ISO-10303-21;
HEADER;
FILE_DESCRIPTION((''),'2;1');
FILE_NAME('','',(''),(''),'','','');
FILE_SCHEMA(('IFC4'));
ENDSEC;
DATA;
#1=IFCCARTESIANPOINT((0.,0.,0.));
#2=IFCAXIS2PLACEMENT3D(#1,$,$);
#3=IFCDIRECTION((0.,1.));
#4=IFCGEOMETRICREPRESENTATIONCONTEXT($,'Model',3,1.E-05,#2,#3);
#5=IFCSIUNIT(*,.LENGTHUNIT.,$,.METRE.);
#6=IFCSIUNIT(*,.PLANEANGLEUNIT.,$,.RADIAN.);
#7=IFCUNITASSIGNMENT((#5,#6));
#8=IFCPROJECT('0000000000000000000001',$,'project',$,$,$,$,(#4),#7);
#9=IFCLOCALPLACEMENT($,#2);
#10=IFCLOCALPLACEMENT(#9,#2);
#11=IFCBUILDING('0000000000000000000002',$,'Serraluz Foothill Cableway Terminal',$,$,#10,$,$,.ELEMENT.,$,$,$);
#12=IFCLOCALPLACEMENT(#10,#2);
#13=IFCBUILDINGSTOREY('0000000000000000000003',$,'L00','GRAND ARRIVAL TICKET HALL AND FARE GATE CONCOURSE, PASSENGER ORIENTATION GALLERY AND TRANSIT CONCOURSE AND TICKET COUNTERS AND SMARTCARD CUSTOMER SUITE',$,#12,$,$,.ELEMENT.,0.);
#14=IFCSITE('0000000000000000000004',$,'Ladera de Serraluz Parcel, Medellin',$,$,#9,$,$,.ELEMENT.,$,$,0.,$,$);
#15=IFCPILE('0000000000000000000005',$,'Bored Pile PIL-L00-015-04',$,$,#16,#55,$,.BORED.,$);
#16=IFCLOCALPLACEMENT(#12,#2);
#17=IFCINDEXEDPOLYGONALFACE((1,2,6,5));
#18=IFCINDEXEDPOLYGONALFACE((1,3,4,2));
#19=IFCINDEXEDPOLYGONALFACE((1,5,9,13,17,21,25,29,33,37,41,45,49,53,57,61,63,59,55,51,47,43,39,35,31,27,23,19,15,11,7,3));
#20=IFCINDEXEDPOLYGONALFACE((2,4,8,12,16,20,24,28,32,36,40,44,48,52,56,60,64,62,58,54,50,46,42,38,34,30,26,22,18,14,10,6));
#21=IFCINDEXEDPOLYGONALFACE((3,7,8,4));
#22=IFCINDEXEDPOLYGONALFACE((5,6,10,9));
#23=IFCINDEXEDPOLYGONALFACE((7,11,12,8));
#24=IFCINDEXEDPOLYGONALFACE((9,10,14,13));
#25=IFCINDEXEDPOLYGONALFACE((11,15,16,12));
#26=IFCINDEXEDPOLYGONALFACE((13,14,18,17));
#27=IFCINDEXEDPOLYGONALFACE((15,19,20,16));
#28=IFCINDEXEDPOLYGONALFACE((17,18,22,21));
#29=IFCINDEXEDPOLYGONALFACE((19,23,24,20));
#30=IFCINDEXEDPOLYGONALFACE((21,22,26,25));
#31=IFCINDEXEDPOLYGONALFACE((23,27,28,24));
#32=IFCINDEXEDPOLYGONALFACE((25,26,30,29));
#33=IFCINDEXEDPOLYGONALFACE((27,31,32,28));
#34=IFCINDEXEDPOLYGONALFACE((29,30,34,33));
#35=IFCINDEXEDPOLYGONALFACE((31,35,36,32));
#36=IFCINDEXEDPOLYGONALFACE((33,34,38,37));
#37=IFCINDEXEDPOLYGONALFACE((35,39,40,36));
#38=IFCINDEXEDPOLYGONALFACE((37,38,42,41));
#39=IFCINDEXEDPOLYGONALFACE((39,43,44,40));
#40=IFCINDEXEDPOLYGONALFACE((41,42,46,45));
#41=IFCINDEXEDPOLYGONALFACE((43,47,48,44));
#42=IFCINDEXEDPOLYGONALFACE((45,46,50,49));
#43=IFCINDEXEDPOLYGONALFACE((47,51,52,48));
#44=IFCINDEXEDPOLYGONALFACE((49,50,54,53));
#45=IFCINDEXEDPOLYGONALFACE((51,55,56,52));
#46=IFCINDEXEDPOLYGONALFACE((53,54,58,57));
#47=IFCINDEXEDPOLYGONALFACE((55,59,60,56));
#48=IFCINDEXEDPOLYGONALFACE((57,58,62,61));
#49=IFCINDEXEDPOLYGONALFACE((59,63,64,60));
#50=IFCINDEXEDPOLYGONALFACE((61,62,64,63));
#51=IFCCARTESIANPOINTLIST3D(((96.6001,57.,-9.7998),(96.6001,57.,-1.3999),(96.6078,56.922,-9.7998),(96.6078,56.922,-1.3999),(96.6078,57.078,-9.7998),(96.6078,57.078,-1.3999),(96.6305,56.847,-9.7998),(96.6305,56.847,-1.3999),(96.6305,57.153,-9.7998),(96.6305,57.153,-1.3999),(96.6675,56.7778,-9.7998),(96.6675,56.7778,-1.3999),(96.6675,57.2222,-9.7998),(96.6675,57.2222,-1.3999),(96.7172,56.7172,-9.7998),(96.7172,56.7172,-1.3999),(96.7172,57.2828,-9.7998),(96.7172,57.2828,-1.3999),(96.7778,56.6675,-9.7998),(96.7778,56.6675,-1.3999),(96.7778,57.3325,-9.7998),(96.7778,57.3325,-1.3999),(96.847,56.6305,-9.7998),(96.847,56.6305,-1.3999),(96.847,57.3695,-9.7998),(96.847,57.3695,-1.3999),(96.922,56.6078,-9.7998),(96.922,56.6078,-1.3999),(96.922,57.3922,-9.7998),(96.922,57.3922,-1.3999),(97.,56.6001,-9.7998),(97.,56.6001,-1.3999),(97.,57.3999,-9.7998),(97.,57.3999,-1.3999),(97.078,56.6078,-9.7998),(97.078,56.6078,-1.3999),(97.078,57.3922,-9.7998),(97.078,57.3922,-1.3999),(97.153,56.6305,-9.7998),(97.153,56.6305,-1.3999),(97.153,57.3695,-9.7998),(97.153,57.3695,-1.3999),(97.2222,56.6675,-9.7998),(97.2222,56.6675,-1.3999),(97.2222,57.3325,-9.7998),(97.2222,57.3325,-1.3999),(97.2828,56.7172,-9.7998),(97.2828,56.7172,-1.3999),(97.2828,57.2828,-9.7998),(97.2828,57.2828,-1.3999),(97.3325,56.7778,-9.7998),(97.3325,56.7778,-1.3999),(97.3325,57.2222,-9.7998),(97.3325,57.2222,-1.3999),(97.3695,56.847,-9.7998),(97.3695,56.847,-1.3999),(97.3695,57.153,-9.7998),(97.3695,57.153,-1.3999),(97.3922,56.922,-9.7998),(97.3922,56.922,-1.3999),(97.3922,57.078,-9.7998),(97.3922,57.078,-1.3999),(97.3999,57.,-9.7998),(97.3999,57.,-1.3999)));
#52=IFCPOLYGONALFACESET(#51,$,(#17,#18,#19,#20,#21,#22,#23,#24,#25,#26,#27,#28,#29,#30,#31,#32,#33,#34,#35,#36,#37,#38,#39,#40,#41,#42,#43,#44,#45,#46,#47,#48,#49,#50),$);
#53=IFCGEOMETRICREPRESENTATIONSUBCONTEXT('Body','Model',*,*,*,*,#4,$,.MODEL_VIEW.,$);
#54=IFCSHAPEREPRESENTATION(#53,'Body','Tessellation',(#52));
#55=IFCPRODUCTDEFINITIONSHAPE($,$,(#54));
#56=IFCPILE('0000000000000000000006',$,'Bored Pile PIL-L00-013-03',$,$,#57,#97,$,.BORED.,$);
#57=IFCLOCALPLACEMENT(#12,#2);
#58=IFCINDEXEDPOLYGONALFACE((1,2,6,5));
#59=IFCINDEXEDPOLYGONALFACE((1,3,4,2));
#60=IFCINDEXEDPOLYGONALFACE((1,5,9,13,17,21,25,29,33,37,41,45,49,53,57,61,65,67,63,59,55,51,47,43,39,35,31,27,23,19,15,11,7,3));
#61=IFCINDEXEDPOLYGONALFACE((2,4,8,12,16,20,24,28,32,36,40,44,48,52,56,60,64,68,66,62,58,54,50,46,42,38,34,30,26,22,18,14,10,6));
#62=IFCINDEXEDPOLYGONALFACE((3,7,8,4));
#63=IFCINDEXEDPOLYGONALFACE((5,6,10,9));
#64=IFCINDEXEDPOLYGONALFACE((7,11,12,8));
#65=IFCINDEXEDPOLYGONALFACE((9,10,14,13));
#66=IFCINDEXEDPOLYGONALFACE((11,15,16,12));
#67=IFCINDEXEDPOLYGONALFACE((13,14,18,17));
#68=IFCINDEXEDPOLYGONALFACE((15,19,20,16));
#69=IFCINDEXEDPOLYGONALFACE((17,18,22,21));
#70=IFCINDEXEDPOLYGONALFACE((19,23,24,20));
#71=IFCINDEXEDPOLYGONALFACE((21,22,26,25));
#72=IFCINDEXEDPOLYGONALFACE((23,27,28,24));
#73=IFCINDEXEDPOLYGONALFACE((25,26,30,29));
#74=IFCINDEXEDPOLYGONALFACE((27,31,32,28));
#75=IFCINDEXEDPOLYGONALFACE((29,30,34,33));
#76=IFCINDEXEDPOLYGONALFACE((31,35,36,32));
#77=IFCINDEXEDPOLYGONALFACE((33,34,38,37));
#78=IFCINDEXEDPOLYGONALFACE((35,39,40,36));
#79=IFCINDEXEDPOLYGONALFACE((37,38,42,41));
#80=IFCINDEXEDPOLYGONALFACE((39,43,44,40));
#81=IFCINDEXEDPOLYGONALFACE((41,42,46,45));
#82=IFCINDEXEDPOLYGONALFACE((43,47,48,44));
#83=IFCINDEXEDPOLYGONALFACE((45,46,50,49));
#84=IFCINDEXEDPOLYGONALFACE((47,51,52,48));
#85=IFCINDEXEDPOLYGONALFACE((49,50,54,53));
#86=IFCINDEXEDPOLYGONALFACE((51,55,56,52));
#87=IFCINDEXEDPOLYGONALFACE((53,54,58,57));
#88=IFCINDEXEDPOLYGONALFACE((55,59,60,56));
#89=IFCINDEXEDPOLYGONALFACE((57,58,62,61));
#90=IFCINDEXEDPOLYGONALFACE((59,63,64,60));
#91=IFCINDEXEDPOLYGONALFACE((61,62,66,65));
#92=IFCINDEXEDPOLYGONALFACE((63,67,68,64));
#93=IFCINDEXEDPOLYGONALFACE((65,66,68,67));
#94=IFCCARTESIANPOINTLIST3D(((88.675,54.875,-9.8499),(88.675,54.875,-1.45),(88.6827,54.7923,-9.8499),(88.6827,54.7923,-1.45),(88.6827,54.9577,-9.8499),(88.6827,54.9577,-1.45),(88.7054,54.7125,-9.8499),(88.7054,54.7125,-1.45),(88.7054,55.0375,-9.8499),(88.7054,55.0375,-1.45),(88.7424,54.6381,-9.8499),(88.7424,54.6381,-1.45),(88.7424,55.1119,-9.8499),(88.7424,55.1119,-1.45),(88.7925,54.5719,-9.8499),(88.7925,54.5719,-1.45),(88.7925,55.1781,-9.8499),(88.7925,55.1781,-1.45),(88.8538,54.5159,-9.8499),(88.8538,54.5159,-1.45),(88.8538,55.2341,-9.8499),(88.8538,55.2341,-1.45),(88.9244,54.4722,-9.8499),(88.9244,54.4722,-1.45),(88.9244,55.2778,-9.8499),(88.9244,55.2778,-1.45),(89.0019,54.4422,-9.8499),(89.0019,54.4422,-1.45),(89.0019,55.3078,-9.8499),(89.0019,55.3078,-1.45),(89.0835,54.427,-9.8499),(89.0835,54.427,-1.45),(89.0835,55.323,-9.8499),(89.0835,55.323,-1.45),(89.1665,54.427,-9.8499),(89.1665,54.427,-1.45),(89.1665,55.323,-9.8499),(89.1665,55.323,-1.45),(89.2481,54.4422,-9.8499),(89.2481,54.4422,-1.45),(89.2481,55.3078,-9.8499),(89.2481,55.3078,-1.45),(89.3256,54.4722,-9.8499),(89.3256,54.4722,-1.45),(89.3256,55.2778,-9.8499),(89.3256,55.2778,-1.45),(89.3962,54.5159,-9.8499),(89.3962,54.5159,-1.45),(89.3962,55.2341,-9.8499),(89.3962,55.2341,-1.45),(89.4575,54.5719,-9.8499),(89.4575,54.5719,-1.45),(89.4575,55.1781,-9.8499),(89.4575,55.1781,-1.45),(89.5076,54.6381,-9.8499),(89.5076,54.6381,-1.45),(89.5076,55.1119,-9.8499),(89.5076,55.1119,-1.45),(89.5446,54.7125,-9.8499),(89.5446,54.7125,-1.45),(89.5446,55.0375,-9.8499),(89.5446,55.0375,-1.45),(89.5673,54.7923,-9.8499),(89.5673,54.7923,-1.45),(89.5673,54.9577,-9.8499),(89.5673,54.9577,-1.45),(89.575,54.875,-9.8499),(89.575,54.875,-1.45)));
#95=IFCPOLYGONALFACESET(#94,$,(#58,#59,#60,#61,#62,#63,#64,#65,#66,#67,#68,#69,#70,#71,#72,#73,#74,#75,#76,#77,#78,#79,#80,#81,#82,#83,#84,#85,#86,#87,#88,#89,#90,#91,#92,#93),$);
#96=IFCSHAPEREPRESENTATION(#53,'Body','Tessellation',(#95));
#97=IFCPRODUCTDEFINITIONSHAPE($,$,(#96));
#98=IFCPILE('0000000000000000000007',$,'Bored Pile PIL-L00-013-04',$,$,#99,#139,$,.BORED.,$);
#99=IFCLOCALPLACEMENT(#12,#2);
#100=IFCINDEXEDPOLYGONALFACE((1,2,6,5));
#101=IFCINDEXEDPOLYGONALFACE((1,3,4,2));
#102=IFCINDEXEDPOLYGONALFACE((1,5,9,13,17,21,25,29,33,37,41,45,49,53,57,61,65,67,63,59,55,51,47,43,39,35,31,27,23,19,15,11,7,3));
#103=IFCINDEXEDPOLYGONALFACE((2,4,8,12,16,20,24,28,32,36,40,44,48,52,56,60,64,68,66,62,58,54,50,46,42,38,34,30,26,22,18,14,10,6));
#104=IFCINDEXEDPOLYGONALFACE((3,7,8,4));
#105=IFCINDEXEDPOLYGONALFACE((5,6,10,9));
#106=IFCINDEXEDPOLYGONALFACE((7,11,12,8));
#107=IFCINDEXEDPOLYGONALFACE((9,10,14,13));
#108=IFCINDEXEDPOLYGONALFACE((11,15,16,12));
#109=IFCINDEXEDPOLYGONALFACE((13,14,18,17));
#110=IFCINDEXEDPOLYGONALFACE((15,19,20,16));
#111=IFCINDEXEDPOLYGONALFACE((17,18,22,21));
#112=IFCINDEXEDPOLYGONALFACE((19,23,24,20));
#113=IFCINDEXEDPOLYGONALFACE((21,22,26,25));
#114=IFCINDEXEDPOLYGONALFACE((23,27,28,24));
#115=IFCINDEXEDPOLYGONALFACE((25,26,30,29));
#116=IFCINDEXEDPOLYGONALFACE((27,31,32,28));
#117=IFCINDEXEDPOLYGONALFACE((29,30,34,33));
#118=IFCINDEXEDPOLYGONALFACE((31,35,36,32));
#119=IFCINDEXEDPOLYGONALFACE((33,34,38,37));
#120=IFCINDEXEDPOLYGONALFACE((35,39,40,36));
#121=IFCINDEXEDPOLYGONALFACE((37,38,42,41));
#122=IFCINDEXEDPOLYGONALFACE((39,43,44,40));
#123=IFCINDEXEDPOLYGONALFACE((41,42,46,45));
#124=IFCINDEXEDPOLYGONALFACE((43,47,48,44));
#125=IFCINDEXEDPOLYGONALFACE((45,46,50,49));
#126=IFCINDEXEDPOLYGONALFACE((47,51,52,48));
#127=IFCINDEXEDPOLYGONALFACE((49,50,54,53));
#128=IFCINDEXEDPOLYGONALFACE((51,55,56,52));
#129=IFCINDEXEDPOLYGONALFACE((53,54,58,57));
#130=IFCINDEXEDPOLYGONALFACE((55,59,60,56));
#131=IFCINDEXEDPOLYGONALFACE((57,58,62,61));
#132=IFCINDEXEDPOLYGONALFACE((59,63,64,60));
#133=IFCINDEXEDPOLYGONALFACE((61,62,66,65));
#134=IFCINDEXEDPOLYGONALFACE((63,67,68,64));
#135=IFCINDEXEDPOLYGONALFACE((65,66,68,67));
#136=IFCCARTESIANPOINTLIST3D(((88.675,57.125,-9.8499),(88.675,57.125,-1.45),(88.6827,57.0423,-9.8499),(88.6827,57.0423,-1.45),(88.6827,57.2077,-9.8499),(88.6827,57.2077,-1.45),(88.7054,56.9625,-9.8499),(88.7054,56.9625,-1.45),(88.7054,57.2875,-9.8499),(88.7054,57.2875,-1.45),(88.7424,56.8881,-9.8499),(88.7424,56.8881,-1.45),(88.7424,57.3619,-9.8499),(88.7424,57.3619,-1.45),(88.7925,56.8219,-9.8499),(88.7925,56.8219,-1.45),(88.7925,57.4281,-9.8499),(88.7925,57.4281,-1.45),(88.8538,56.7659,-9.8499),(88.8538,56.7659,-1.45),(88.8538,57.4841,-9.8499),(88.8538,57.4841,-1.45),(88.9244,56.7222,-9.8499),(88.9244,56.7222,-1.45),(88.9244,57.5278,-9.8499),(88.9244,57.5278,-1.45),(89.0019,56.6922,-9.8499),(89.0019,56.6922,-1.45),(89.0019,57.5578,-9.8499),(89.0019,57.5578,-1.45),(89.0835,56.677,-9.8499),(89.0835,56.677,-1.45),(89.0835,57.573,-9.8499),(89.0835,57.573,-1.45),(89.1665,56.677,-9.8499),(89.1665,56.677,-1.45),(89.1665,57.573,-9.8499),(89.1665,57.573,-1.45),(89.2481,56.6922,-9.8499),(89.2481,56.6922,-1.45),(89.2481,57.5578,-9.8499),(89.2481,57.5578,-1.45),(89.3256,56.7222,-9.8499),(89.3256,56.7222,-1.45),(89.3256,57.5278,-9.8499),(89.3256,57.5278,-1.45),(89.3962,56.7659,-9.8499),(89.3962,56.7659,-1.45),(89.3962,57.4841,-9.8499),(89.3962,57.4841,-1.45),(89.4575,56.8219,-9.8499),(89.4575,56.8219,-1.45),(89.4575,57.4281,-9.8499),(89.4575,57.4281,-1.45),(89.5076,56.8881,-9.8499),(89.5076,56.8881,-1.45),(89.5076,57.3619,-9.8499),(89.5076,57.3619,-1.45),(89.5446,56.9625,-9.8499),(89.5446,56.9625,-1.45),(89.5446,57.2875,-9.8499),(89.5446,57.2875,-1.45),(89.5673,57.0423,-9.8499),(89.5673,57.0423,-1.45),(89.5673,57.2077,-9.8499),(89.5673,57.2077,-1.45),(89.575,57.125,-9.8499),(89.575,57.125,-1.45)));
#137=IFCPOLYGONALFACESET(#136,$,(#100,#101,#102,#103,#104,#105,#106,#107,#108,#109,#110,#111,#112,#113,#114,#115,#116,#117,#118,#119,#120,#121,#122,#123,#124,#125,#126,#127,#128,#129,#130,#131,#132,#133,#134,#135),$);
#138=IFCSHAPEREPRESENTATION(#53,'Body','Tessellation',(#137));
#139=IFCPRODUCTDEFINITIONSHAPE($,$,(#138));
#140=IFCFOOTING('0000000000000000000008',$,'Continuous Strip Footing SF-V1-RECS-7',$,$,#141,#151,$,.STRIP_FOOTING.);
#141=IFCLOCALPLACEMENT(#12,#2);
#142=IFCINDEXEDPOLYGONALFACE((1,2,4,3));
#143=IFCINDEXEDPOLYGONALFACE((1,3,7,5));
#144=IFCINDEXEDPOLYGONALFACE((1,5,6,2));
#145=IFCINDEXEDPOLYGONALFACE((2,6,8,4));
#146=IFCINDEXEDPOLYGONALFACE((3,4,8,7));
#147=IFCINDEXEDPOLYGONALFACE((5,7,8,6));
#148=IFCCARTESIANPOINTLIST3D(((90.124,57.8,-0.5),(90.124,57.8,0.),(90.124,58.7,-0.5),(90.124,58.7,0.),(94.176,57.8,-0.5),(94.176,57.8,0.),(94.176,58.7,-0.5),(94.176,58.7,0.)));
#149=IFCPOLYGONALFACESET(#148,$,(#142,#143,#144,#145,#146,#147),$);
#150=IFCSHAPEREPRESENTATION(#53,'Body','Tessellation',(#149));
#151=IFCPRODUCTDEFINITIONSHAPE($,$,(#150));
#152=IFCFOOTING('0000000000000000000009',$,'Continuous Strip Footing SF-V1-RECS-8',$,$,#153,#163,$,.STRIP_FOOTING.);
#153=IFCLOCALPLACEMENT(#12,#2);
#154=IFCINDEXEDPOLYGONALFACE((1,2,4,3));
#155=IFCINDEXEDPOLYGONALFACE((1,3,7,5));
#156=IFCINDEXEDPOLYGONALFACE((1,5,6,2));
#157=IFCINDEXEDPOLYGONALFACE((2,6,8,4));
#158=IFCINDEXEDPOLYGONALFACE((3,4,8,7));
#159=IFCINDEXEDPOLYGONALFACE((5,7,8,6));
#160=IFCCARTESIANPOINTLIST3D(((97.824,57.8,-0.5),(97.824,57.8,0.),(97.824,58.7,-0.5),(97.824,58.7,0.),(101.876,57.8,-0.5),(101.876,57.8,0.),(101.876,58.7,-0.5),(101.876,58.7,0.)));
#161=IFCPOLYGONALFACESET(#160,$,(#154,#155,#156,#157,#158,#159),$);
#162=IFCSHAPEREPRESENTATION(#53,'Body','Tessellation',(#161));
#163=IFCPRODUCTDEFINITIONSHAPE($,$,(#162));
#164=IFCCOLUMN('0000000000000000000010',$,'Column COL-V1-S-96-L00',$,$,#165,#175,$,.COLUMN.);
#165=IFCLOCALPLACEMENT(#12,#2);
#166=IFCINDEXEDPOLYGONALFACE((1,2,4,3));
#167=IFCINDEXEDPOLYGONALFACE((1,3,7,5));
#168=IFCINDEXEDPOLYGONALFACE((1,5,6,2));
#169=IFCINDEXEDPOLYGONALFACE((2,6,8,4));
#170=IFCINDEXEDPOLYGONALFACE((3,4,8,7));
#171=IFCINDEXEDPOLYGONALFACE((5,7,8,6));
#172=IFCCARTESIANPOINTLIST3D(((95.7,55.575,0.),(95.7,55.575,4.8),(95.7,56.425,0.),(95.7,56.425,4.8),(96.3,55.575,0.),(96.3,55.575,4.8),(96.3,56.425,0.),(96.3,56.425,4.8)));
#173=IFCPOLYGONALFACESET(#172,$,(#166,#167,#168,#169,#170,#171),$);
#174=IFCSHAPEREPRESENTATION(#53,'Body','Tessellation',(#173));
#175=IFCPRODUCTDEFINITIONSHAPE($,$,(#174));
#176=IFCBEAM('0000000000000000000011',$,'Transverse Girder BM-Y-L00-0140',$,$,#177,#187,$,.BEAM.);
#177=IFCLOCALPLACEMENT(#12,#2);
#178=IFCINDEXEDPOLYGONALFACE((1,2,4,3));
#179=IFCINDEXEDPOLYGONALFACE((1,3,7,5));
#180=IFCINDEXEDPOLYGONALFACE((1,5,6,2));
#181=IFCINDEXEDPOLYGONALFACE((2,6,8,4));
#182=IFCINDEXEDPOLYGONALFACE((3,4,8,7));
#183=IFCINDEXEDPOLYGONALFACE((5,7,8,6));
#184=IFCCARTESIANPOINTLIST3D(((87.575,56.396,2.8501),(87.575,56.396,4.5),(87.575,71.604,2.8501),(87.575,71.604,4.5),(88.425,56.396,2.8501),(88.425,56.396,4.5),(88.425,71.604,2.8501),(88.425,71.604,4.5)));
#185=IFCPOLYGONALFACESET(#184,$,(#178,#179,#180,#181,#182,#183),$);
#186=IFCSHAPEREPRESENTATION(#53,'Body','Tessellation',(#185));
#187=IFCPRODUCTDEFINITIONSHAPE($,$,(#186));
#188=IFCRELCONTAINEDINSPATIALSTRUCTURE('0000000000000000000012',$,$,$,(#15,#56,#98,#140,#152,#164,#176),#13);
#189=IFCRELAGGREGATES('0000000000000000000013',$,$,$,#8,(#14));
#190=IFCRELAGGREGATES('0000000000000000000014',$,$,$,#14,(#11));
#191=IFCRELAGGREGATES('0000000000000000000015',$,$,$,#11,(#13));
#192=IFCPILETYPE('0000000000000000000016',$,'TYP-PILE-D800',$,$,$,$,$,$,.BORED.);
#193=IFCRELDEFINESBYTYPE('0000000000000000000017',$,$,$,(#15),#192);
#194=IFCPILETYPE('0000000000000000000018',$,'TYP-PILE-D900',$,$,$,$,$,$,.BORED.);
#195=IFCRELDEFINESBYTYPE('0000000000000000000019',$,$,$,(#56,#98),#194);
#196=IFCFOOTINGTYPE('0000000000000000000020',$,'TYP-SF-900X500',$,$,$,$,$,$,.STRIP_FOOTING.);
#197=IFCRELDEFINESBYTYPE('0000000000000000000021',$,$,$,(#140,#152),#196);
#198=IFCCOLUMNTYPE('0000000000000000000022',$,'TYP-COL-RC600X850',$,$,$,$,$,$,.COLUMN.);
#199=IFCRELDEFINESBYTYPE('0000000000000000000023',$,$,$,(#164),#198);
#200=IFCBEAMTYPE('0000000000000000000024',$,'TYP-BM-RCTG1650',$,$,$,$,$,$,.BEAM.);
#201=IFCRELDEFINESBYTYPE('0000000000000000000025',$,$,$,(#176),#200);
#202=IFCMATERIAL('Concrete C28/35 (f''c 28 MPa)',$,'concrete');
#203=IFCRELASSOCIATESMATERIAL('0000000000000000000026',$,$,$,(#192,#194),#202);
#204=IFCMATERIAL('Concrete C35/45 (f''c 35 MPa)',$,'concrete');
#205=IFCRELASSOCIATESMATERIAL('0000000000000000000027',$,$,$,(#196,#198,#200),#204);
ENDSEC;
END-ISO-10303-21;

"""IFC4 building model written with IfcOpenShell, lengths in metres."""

from ifc_helpers import new_model, si_unit, direction, frame, origin, origin_2d, place, context, subcontext, project, spatial, rectangle, circle, extrude, material, material_profile, profile_set, type_object, element, save


model = new_model("IFC4")

# Units and contexts
model_context = context("Model", 3, precision=1e-05, world=origin(), true_north=direction((0.0, 1.0)))
body_context = subcontext(model_context, "Body", "Model", "MODEL_VIEW")
ifc_project = project(units=[si_unit("LENGTHUNIT", "METRE"), si_unit("PLANEANGLEUNIT", "RADIAN")], contexts=[model_context])

# Site, building, storey
site_placement = place(None, origin())
site = spatial("IfcSite", under=ifc_project, at=site_placement, Name="Ladera de Serraluz Parcel, Medellin", CompositionType="ELEMENT", RefElevation=0.0)
building_placement = place(site_placement, origin())
building = spatial("IfcBuilding", under=site, at=building_placement, Name="Serraluz Foothill Cableway Terminal", CompositionType="ELEMENT")
storey_placement = place(building_placement, origin())
storey = spatial("IfcBuildingStorey", under=building, at=storey_placement, Name="L00", Description="GRAND ARRIVAL TICKET HALL AND FARE GATE CONCOURSE, PASSENGER ORIENTATION GALLERY AND TRANSIT CONCOURSE AND TICKET COUNTERS AND SMARTCARD CUSTOMER SUITE", CompositionType="ELEMENT", Elevation=0.0)

# Shared definitions
ifc_material_1 = material(Name="Concrete C35/45 (f'c 35 MPa)", Category="concrete")

# Piles
ifc_material_2 = material(Name="Concrete C28/35 (f'c 28 MPa)", Category="concrete")
ifc_material_profile_1 = material_profile(ifc_material_2, circle(Radius=0.3999, at=origin_2d()), Name="BORED PILE D800")
ifc_profile_set_1 = profile_set([ifc_material_profile_1], Name="Concrete C28/35 (f'c 28 MPa)")
pile_type_1 = type_object("IfcPileType", Name="TYP-PILE-D800", PredefinedType="BORED", material=ifc_profile_set_1)
for number, where, z_axis, x_axis, name in (
    (1, (97.0, 57.0, -1.3999), (0.0, 0.0, -1.0), (1.0, 0.0, 0.0), "Bored Pile PIL-L00-015-04"),
):
    element("IfcPile", number, at=place(storey_placement, frame(where, z_axis=z_axis, x_axis=x_axis)), inside=storey, type_object=pile_type_1, Name=name, PredefinedType="BORED", context=body_context, shape_type="SweptSolid", body=[
        extrude(circle(Radius=0.3999, at=origin_2d()), origin(), (0.0, 0.0, 1.0), 8.3999),
    ])
ifc_material_profile_2 = material_profile(ifc_material_2, circle(Radius=0.45, at=origin_2d()), Name="BORED PILE D900")
ifc_profile_set_2 = profile_set([ifc_material_profile_2], Name="Concrete C28/35 (f'c 28 MPa)")
pile_type_2 = type_object("IfcPileType", Name="TYP-PILE-D900", PredefinedType="BORED", material=ifc_profile_set_2)
for number, where, z_axis, x_axis, name in (
    (2, (89.125, 54.875, -1.45), (0.0, 0.0, -1.0), (1.0, 0.0, 0.0), "Bored Pile PIL-L00-013-03"),
    (3, (89.125, 57.125, -1.45), (0.0, 0.0, -1.0), (1.0, 0.0, 0.0), "Bored Pile PIL-L00-013-04"),
):
    element("IfcPile", number, at=place(storey_placement, frame(where, z_axis=z_axis, x_axis=x_axis)), inside=storey, type_object=pile_type_2, Name=name, PredefinedType="BORED", context=body_context, shape_type="SweptSolid", body=[
        extrude(circle(Radius=0.45, at=origin_2d()), origin(), (0.0, 0.0, 1.0), 8.3999),
    ])

# Footings
ifc_material_profile_3 = material_profile(ifc_material_1, rectangle(XDim=0.8999, YDim=0.5, at=origin_2d()), Name="SF 900x500")
ifc_profile_set_3 = profile_set([ifc_material_profile_3], Name="Concrete C35/45 (f'c 35 MPa)")
footing_type_1 = type_object("IfcFootingType", Name="TYP-SF-900X500", PredefinedType="STRIP_FOOTING", material=ifc_profile_set_3)
for number, where, z_axis, x_axis, name in (
    (4, (90.124, 58.25, -0.25), (1.0, 0.0, 0.0), (0.0, 1.0, 0.0), "Continuous Strip Footing SF-V1-RECS-7"),
    (5, (97.824, 58.25, -0.25), (1.0, 0.0, 0.0), (0.0, 1.0, 0.0), "Continuous Strip Footing SF-V1-RECS-8"),
):
    element("IfcFooting", number, at=place(storey_placement, frame(where, z_axis=z_axis, x_axis=x_axis)), inside=storey, type_object=footing_type_1, Name=name, PredefinedType="STRIP_FOOTING", context=body_context, shape_type="SweptSolid", body=[
        extrude(rectangle(XDim=0.8999, YDim=0.5, at=origin_2d()), origin(), (0.0, 0.0, 1.0), 4.052),
    ])

# Column
ifc_material_profile_4 = material_profile(ifc_material_1, rectangle(XDim=0.6001, YDim=0.8501, at=origin_2d()), Name="RC 600x850")
ifc_profile_set_4 = profile_set([ifc_material_profile_4], Name="Concrete C35/45 (f'c 35 MPa)")
column_type = type_object("IfcColumnType", Name="TYP-COL-RC600X850", PredefinedType="COLUMN", material=ifc_profile_set_4)
column_placement = place(storey_placement, frame((96.0, 56.0, 0.0), z_axis=(0.0, 0.0, 1.0), x_axis=(1.0, 0.0, 0.0)))
element("IfcColumn", 6, at=column_placement, inside=storey, type_object=column_type, Name="Column COL-V1-S-96-L00", PredefinedType="COLUMN", context=body_context, shape_type="SweptSolid", body=[
    extrude(rectangle(XDim=0.6001, YDim=0.8501, at=origin_2d()), origin(), (0.0, 0.0, 1.0), 4.8),
])

# Beam
ifc_material_profile_5 = material_profile(ifc_material_1, rectangle(XDim=0.8501, YDim=1.6499, at=origin_2d()), Name="RC TG 850x1650")
ifc_profile_set_5 = profile_set([ifc_material_profile_5], Name="Concrete C35/45 (f'c 35 MPa)")
beam_type_1 = type_object("IfcBeamType", Name="TYP-BM-RCTG1650", PredefinedType="BEAM", material=ifc_profile_set_5)
beam_1_placement = place(storey_placement, frame((88.0, 56.396, 3.675), z_axis=(0.0, 1.0, 0.0), x_axis=(-1.0, 0.0, 0.0)))
element("IfcBeam", 7, at=beam_1_placement, inside=storey, type_object=beam_type_1, Name="Transverse Girder BM-Y-L00-0140", PredefinedType="BEAM", context=body_context, shape_type="SweptSolid", body=[
    extrude(rectangle(XDim=0.8501, YDim=1.6499, at=origin_2d()), origin(), (0.0, 0.0, 1.0), 15.208),
])

save(model, "model.ifc")
